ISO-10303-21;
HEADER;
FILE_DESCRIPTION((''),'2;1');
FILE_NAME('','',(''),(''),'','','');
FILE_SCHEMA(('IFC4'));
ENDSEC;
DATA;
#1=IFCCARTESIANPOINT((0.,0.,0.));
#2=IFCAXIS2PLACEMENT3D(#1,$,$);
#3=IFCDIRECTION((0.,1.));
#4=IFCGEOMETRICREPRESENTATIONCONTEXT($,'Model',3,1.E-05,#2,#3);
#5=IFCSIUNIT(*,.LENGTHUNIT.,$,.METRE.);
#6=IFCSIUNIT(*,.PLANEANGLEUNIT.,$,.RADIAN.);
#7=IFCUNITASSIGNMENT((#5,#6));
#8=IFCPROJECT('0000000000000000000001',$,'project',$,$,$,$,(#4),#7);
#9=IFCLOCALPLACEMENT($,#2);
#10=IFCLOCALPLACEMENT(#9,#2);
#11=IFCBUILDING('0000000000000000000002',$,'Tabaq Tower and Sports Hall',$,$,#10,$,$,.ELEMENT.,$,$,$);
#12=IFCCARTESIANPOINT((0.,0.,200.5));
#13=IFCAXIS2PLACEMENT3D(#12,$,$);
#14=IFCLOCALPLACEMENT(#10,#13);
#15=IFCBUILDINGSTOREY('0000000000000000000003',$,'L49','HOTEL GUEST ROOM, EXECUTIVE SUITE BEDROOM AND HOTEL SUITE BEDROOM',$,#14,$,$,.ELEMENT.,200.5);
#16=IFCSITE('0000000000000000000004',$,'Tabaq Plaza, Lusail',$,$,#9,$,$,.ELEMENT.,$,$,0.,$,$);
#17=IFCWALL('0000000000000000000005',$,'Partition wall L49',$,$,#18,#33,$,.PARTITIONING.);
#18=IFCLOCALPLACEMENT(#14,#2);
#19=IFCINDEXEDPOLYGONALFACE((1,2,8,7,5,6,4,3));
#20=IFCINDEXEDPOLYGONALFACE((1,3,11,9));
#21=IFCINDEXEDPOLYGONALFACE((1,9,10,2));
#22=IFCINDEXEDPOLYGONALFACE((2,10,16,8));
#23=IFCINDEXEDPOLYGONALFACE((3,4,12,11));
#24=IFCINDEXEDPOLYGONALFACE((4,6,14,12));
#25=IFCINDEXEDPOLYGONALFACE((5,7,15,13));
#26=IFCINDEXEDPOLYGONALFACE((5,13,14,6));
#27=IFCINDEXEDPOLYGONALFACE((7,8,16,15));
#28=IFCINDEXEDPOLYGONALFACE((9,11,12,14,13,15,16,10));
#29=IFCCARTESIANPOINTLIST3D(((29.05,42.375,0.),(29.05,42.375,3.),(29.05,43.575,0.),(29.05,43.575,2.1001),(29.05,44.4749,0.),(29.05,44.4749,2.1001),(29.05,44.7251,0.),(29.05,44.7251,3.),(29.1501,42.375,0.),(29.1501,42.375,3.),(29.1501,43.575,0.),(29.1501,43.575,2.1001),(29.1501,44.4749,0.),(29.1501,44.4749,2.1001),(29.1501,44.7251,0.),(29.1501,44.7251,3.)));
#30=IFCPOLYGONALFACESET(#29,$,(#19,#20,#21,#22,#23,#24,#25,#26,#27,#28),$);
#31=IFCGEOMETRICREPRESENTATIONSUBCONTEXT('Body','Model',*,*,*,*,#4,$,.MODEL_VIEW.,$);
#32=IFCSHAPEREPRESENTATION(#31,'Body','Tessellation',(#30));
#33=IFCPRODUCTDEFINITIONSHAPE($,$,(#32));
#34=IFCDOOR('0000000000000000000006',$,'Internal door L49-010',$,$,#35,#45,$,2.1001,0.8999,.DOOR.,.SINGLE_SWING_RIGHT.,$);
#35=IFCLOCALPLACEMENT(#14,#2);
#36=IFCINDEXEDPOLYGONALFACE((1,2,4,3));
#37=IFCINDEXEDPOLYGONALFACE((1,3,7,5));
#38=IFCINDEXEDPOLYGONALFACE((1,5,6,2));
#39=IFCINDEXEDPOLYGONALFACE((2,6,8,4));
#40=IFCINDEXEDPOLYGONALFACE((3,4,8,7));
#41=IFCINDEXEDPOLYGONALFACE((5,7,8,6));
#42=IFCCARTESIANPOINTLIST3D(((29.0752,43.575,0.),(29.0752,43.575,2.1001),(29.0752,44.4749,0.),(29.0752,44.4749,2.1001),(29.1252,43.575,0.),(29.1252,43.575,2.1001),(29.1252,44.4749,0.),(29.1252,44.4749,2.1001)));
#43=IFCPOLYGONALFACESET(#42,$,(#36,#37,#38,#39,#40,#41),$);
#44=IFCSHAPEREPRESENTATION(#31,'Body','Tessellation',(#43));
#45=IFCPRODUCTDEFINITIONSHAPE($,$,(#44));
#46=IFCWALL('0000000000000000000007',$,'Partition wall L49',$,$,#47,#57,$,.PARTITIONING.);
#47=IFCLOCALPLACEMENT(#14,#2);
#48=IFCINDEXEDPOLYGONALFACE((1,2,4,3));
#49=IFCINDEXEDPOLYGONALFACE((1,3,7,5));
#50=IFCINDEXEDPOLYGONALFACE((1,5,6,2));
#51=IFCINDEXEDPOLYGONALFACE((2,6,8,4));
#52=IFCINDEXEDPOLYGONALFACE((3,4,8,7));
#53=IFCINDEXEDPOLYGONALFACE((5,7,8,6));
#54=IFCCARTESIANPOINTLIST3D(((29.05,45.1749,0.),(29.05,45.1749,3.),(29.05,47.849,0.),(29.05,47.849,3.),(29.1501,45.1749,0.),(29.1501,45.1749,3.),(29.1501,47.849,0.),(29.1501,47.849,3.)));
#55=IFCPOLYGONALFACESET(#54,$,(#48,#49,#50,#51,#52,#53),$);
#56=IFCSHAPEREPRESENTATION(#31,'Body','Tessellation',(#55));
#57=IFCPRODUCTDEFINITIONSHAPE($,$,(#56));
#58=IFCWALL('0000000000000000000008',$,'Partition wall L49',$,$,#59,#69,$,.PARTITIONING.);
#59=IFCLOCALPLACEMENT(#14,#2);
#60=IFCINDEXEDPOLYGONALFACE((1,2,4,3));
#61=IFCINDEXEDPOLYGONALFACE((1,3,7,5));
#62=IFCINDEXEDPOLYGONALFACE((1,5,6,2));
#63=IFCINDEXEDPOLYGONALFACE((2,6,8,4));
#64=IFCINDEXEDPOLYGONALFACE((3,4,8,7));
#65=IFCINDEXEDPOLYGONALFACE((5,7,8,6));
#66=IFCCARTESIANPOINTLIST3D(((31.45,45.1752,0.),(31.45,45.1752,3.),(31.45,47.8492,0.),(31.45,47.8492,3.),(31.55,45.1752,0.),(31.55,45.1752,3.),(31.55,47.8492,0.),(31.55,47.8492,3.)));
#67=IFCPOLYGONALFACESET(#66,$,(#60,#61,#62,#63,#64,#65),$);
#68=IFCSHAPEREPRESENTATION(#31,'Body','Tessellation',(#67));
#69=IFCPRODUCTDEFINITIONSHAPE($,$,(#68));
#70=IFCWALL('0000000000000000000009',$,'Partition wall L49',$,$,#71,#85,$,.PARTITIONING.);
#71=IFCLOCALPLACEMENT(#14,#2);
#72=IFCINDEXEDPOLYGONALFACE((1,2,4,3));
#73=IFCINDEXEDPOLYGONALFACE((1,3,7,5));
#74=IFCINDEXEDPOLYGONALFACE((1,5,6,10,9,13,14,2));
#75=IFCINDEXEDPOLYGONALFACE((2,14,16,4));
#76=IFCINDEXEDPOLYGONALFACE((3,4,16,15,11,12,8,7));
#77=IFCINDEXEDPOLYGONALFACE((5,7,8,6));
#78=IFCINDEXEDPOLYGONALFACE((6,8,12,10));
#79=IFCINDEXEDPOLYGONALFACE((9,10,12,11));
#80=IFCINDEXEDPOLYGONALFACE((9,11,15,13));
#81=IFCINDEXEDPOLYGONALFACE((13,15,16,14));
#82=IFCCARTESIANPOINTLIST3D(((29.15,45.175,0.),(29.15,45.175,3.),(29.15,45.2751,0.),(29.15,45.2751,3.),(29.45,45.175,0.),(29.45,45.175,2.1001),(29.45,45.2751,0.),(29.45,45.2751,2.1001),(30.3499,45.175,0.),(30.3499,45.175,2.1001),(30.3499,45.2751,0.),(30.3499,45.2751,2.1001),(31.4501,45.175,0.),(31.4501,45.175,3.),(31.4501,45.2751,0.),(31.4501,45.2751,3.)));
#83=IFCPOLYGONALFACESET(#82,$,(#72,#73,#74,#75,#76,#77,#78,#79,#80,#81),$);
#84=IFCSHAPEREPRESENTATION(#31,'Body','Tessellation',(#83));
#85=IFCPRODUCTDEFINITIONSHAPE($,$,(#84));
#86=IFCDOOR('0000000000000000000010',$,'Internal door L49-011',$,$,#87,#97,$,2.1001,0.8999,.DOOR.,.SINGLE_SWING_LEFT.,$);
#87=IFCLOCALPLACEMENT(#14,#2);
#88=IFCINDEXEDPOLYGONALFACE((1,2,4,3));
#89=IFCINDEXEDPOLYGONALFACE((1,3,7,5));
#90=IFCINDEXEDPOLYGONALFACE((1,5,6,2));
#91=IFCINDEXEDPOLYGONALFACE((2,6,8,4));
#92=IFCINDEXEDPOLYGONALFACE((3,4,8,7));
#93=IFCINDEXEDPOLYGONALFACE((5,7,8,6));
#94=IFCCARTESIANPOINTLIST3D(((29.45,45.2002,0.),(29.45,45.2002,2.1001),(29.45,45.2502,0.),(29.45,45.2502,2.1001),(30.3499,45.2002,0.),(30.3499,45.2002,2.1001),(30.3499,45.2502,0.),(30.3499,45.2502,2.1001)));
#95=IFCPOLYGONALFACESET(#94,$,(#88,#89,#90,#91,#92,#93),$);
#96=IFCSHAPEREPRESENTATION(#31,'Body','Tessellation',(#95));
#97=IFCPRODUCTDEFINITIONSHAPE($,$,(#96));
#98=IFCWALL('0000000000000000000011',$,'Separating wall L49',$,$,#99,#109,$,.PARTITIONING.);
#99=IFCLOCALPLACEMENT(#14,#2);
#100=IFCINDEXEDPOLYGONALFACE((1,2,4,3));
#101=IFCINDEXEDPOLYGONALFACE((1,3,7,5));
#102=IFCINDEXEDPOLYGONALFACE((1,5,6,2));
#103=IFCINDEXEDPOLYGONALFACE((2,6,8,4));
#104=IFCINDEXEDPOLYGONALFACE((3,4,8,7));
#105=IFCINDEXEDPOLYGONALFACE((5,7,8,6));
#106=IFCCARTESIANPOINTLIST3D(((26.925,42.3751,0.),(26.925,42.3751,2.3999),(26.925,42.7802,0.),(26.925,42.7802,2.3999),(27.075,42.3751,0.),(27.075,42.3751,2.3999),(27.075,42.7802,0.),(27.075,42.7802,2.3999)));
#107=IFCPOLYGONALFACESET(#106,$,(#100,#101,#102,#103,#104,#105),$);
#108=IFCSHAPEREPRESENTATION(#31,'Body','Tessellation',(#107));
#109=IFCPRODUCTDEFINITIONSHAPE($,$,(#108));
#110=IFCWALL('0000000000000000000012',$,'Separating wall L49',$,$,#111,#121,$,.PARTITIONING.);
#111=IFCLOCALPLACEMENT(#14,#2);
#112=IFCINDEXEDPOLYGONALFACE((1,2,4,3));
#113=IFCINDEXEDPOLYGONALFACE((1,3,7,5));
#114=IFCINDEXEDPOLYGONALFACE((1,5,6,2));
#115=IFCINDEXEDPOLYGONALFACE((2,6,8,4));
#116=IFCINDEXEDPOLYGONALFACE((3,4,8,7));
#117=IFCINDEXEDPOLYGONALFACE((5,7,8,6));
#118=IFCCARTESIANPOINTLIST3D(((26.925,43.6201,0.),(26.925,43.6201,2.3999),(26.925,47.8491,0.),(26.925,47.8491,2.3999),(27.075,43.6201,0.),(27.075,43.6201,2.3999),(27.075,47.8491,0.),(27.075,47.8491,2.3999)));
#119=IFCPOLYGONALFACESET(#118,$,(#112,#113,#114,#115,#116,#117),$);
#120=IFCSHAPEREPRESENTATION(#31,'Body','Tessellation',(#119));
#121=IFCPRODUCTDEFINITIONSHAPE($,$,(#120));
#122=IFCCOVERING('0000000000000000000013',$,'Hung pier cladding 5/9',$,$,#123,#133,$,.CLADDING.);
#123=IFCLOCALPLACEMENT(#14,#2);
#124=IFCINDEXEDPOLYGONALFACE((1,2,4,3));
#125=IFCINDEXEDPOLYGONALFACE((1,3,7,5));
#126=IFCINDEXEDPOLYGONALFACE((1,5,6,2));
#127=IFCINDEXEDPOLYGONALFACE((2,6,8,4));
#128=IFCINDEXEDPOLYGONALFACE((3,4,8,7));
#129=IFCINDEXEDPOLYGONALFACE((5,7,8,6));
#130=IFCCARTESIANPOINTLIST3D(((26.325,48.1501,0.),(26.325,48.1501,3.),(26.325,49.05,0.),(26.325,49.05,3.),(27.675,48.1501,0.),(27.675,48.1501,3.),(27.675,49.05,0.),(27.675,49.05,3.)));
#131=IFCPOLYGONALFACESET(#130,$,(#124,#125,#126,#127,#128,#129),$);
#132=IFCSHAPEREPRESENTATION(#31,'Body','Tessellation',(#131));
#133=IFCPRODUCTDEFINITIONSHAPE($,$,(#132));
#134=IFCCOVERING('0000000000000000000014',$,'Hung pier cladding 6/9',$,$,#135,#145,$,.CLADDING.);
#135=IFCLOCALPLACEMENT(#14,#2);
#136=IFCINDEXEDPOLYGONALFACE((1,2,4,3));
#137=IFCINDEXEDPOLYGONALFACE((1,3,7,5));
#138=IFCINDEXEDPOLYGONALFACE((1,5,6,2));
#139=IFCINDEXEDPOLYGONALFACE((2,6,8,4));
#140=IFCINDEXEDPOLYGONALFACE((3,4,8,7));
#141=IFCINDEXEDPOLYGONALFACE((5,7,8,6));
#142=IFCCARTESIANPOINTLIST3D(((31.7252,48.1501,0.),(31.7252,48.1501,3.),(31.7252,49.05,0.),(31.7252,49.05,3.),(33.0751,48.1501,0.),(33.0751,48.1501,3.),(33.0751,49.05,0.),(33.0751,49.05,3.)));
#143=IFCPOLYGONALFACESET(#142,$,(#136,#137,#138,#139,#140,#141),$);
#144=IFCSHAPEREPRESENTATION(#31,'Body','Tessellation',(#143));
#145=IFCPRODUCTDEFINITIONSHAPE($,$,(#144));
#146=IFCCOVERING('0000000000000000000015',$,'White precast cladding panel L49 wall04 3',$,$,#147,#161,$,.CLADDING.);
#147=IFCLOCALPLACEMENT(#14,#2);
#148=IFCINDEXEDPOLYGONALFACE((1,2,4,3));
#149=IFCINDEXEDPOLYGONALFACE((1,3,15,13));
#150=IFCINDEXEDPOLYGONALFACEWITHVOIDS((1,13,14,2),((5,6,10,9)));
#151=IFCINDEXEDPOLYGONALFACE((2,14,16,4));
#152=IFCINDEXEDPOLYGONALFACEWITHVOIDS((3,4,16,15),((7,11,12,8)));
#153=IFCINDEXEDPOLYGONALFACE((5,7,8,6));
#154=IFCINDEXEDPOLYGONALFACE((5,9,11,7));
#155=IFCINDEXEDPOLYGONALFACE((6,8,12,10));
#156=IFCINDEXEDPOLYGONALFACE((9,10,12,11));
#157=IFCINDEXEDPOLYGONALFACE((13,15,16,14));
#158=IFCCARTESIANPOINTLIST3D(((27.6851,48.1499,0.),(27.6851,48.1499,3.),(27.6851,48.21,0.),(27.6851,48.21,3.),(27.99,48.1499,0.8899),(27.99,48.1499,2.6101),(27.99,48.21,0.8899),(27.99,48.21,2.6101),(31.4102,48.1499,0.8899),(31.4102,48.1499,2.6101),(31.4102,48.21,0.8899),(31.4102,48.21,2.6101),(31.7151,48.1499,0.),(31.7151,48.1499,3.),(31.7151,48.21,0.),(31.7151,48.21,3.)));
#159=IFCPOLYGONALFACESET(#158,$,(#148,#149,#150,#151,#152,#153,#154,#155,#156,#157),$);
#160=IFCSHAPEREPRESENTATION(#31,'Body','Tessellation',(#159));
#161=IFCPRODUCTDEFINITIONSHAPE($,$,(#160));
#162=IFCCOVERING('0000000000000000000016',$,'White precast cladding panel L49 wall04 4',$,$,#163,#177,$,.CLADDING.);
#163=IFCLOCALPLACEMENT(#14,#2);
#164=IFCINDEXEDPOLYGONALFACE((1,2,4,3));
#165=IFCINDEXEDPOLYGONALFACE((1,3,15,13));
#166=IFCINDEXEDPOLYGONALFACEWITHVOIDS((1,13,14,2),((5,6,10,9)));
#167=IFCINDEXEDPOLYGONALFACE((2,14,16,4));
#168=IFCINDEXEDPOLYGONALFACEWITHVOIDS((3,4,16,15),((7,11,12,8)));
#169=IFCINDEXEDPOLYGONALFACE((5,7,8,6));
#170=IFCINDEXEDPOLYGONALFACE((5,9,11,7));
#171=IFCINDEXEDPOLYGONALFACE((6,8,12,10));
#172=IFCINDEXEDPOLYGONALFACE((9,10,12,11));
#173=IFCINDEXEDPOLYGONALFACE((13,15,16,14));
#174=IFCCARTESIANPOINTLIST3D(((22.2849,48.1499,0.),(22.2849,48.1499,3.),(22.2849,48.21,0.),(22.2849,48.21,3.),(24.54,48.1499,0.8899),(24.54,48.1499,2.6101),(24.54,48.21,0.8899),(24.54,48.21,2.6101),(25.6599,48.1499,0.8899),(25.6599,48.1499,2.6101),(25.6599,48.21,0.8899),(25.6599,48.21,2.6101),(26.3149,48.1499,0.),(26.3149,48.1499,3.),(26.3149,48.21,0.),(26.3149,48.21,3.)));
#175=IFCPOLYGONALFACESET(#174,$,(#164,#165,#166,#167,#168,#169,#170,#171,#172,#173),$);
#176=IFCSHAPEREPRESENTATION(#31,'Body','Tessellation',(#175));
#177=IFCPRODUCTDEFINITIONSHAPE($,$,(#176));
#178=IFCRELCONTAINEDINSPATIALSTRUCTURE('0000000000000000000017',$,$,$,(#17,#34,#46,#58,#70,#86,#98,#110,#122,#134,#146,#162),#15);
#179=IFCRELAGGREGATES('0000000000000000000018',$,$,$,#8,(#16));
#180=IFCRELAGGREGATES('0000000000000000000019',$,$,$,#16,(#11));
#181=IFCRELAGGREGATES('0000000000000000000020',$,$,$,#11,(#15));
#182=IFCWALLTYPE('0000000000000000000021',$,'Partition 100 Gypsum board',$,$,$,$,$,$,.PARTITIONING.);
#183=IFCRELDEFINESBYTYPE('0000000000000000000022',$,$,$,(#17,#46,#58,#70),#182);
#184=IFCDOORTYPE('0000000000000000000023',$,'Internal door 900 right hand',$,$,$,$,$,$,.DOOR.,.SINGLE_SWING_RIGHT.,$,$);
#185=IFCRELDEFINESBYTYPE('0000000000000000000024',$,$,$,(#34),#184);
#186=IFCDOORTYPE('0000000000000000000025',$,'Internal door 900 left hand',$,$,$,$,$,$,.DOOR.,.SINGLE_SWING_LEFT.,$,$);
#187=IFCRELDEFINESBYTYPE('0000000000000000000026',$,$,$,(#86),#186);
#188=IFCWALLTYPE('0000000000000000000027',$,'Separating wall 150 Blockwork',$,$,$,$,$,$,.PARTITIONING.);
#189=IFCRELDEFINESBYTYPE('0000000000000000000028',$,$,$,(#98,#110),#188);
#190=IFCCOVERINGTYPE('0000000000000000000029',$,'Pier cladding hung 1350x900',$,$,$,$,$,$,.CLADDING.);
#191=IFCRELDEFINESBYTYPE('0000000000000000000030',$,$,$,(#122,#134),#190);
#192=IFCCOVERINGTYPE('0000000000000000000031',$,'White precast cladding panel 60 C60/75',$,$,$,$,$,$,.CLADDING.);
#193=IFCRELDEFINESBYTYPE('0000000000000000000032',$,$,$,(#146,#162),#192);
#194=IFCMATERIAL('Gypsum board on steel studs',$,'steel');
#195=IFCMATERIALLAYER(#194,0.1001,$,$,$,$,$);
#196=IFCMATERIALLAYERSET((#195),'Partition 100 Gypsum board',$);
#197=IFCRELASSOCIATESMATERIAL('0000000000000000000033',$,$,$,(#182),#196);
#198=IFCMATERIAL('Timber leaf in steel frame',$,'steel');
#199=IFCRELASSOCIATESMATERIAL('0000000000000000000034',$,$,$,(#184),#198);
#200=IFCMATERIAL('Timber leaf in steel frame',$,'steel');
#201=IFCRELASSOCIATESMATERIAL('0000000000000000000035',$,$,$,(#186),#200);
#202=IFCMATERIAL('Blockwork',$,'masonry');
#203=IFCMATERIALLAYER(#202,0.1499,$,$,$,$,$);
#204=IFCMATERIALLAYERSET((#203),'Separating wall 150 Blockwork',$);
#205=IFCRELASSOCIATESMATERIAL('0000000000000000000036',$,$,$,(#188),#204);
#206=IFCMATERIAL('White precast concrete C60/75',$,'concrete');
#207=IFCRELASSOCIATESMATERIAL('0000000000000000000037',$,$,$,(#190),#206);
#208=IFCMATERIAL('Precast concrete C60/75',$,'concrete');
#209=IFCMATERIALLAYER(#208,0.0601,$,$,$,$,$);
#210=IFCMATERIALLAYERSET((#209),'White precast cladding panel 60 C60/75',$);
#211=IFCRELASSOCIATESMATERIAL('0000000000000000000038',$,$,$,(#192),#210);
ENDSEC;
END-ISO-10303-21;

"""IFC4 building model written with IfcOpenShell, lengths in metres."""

from ifc_helpers import new_model, si_unit, direction, frame, frame_2d, origin, place, context, subcontext, project, spatial, polyline, rectangle, outline, extrude, material, layer, layer_set, type_object, element, fill, save


model = new_model("IFC4")

# Units and contexts
model_context = context("Model", 3, precision=1e-05, world=origin(), true_north=direction((0.0, 1.0)))
body_context = subcontext(model_context, "Body", "Model", "MODEL_VIEW")
ifc_project = project(units=[si_unit("LENGTHUNIT", "METRE"), si_unit("PLANEANGLEUNIT", "RADIAN")], contexts=[model_context])

# Site, building, storey
site_placement = place(None, origin())
site = spatial("IfcSite", under=ifc_project, at=site_placement, Name="Tabaq Plaza, Lusail", CompositionType="ELEMENT", RefElevation=0.0)
building_placement = place(site_placement, origin())
building = spatial("IfcBuilding", under=site, at=building_placement, Name="Tabaq Tower and Sports Hall", CompositionType="ELEMENT")
storey_placement = place(building_placement, frame((0.0, 0.0, 200.5)))
storey = spatial("IfcBuildingStorey", under=building, at=storey_placement, Name="L49", Description="HOTEL GUEST ROOM, EXECUTIVE SUITE BEDROOM AND HOTEL SUITE BEDROOM", CompositionType="ELEMENT", Elevation=200.5)

# Shared definitions
ifc_material_1 = material(Name="Gypsum board on steel studs", Category="steel")
ifc_layer_1 = layer(ifc_material_1, 0.1001)
ifc_layer_set_1 = layer_set([ifc_layer_1], Name="Partition 100 Gypsum board")
wall_type_1 = type_object("IfcWallType", Name="Partition 100 Gypsum board", PredefinedType="PARTITIONING", material=ifc_layer_set_1)

# Shared definitions
ifc_material_2 = material(Name="Timber leaf in steel frame", Category="steel")
door_type_1 = type_object("IfcDoorType", Name="Internal door 900 right hand", OperationType="SINGLE_SWING_RIGHT", PredefinedType="DOOR", material=ifc_material_2)

# Shared definitions
ifc_material_3 = material(Name="Timber leaf in steel frame", Category="steel")
door_type_2 = type_object("IfcDoorType", Name="Internal door 900 left hand", OperationType="SINGLE_SWING_LEFT", PredefinedType="DOOR", material=ifc_material_3)

# Wall, opening, door
wall_1_placement = place(storey_placement, frame((29.1001, 42.375, 0.0), z_axis=(0.0, 0.0, 1.0), x_axis=(0.0, 1.0, 0.0)))
wall_1 = element("IfcWall", 1, at=wall_1_placement, inside=storey, type_object=wall_type_1, Name="Partition wall L49", PredefinedType="PARTITIONING", context=body_context, shape_type="SweptSolid", body=[
    extrude(rectangle(XDim=2.3501, YDim=0.1001, at=frame_2d((1.175, 0.0))), origin(), (0.0, 0.0, 1.0), 3.0),
])
opening_1_placement = place(wall_1_placement, frame((1.2, 0.0, 0.0)))
opening_1 = element("IfcOpeningElement", 2, at=opening_1_placement, cuts=wall_1, PredefinedType="OPENING", context=body_context, shape_type="SweptSolid", body=[
    extrude(rectangle(XDim=0.8999, YDim=2.1001, at=frame_2d((0.45, 1.05))), frame((0.0, 0.05, 0.0), z_axis=(0.0, -1.0, 0.0), x_axis=(1.0, 0.0, 0.0)), (0.0, 0.0, 1.0), 0.1001),
])
door_1_placement = place(opening_1_placement, origin())
door_1 = element("IfcDoor", 3, at=door_1_placement, inside=storey, type_object=door_type_1, Name="Internal door L49-010", OperationType="SINGLE_SWING_RIGHT", OverallHeight=2.1001, OverallWidth=0.8999, PredefinedType="DOOR", context=body_context, shape_type="SweptSolid", body=[
    extrude(rectangle(XDim=0.8999, YDim=2.1001, at=frame_2d((0.45, 1.05))), frame((0.0, 0.0249, 0.0), z_axis=(0.0, -1.0, 0.0), x_axis=(1.0, 0.0, 0.0)), (0.0, 0.0, 1.0), 0.05),
])
fill(opening_1, door_1)

# Walls
for number, where, z_axis, x_axis, name in (
    (4, (29.1001, 45.175, 0.0), (0.0, 0.0, 1.0), (0.0, 1.0, 0.0), "Partition wall L49"),
    (5, (31.5, 47.8491, 0.0), (0.0, 0.0, 1.0), (0.0, -1.0, 0.0), "Partition wall L49"),
):
    element("IfcWall", number, at=place(storey_placement, frame(where, z_axis=z_axis, x_axis=x_axis)), inside=storey, type_object=wall_type_1, Name=name, PredefinedType="PARTITIONING", context=body_context, shape_type="SweptSolid", body=[
        extrude(rectangle(XDim=2.6741, YDim=0.1001, at=frame_2d((1.3369, 0.0))), origin(), (0.0, 0.0, 1.0), 3.0),
    ])

# Wall, opening, door
wall_2_placement = place(storey_placement, frame((31.45, 45.2251, 0.0), z_axis=(0.0, 0.0, 1.0), x_axis=(-1.0, 0.0, 0.0)))
wall_2 = element("IfcWall", 6, at=wall_2_placement, inside=storey, type_object=wall_type_1, Name="Partition wall L49", PredefinedType="PARTITIONING", context=body_context, shape_type="SweptSolid", body=[
    extrude(rectangle(XDim=2.3, YDim=0.1001, at=frame_2d((1.1499, 0.0))), origin(), (0.0, 0.0, 1.0), 3.0),
])
opening_2_placement = place(wall_2_placement, frame((1.1001, 0.0, 0.0)))
opening_2 = element("IfcOpeningElement", 7, at=opening_2_placement, cuts=wall_2, PredefinedType="OPENING", context=body_context, shape_type="SweptSolid", body=[
    extrude(rectangle(XDim=0.8999, YDim=2.1001, at=frame_2d((0.45, 1.05))), frame((0.0, 0.05, 0.0), z_axis=(0.0, -1.0, 0.0), x_axis=(1.0, 0.0, 0.0)), (0.0, 0.0, 1.0), 0.1001),
])
door_2_placement = place(opening_2_placement, origin())
door_2 = element("IfcDoor", 8, at=door_2_placement, inside=storey, type_object=door_type_2, Name="Internal door L49-011", OperationType="SINGLE_SWING_LEFT", OverallHeight=2.1001, OverallWidth=0.8999, PredefinedType="DOOR", context=body_context, shape_type="SweptSolid", body=[
    extrude(rectangle(XDim=0.8999, YDim=2.1001, at=frame_2d((0.45, 1.05))), frame((0.0, 0.0249, 0.0), z_axis=(0.0, -1.0, 0.0), x_axis=(1.0, 0.0, 0.0)), (0.0, 0.0, 1.0), 0.05),
])
fill(opening_2, door_2)

# Walls
ifc_material_4 = material(Name="Blockwork", Category="masonry")
ifc_layer_2 = layer(ifc_material_4, 0.1499)
ifc_layer_set_2 = layer_set([ifc_layer_2], Name="Separating wall 150 Blockwork")
wall_type_2 = type_object("IfcWallType", Name="Separating wall 150 Blockwork", PredefinedType="PARTITIONING", material=ifc_layer_set_2)
wall_3_placement = place(storey_placement, frame((27.0, 42.375, 0.0), z_axis=(0.0, 0.0, 1.0), x_axis=(0.0, 1.0, 0.0)))
element("IfcWall", 9, at=wall_3_placement, inside=storey, type_object=wall_type_2, Name="Separating wall L49", PredefinedType="PARTITIONING", context=body_context, shape_type="SweptSolid", body=[
    extrude(rectangle(XDim=0.405, YDim=0.1499, at=frame_2d((0.2026, 0.0))), origin(), (0.0, 0.0, 1.0), 2.3999),
])
wall_4_placement = place(storey_placement, frame((27.0, 43.6201, 0.0), z_axis=(0.0, 0.0, 1.0), x_axis=(0.0, 1.0, 0.0)))
element("IfcWall", 10, at=wall_4_placement, inside=storey, type_object=wall_type_2, Name="Separating wall L49", PredefinedType="PARTITIONING", context=body_context, shape_type="SweptSolid", body=[
    extrude(rectangle(XDim=4.229, YDim=0.1499, at=frame_2d((2.1145, 0.0))), origin(), (0.0, 0.0, 1.0), 2.3999),
])

# Coverings
ifc_material_5 = material(Name="White precast concrete C60/75", Category="concrete")
covering_type_1 = type_object("IfcCoveringType", Name="Pier cladding hung 1350x900", PredefinedType="CLADDING", material=ifc_material_5)
covering_1_placement = place(storey_placement, frame((27.675, 48.6001, 0.0), z_axis=(0.0, 0.0, 1.0), x_axis=(-1.0, 0.0, 0.0)))
element("IfcCovering", 11, at=covering_1_placement, inside=storey, type_object=covering_type_1, Name="Hung pier cladding 5/9", PredefinedType="CLADDING", context=body_context, shape_type="SweptSolid", body=[
    extrude(rectangle(XDim=1.3501, YDim=0.8999, at=frame_2d((0.675, 0.0))), origin(), (0.0, 0.0, 1.0), 3.0),
])
covering_2_placement = place(storey_placement, frame((33.075, 48.6001, 0.0), z_axis=(0.0, 0.0, 1.0), x_axis=(-1.0, 0.0, 0.0)))
element("IfcCovering", 12, at=covering_2_placement, inside=storey, type_object=covering_type_1, Name="Hung pier cladding 6/9", PredefinedType="CLADDING", context=body_context, shape_type="SweptSolid", body=[
    extrude(rectangle(XDim=1.3499, YDim=0.8999, at=frame_2d((0.6748, 0.0))), origin(), (0.0, 0.0, 1.0), 3.0),
])
ifc_material_6 = material(Name="Precast concrete C60/75", Category="concrete")
ifc_layer_3 = layer(ifc_material_6, 0.0601)
ifc_layer_set_3 = layer_set([ifc_layer_3], Name="White precast cladding panel 60 C60/75")
covering_type_2 = type_object("IfcCoveringType", Name="White precast cladding panel 60 C60/75", PredefinedType="CLADDING", material=ifc_layer_set_3)
covering_3_placement = place(storey_placement, frame((31.7151, 48.1799, 0.0), z_axis=(0.0, 0.0, 1.0), x_axis=(-1.0, 0.0, 0.0)))
element("IfcCovering", 13, at=covering_3_placement, inside=storey, type_object=covering_type_2, Name="White precast cladding panel L49 wall04 3", PredefinedType="CLADDING", context=body_context, shape_type="SweptSolid", body=[
    extrude(outline(polyline([(0.0, 0.0), (4.03, 0.0), (4.03, 3.0), (0.0, 3.0), (0.0, 0.0)]), holes=[polyline([(0.3049, 0.8899), (0.3049, 2.6101), (3.7251, 2.6101), (3.7251, 0.8899), (0.3049, 0.8899)])]), frame((0.0, 0.03, 0.0), z_axis=(0.0, -1.0, 0.0), x_axis=(1.0, 0.0, 0.0)), (0.0, 0.0, 1.0), 0.0601),
])
covering_4_placement = place(storey_placement, frame((26.3149, 48.1799, 0.0), z_axis=(0.0, 0.0, 1.0), x_axis=(-1.0, 0.0, 0.0)))
element("IfcCovering", 14, at=covering_4_placement, inside=storey, type_object=covering_type_2, Name="White precast cladding panel L49 wall04 4", PredefinedType="CLADDING", context=body_context, shape_type="SweptSolid", body=[
    extrude(outline(polyline([(0.0, 0.0), (4.03, 0.0), (4.03, 3.0), (0.0, 3.0), (0.0, 0.0)]), holes=[polyline([(0.655, 0.8899), (0.655, 2.6101), (1.7749, 2.6101), (1.7749, 0.8899), (0.655, 0.8899)])]), frame((0.0, 0.03, 0.0), z_axis=(0.0, -1.0, 0.0), x_axis=(1.0, 0.0, 0.0)), (0.0, 0.0, 1.0), 0.0601),
])

save(model, "model.ifc")
